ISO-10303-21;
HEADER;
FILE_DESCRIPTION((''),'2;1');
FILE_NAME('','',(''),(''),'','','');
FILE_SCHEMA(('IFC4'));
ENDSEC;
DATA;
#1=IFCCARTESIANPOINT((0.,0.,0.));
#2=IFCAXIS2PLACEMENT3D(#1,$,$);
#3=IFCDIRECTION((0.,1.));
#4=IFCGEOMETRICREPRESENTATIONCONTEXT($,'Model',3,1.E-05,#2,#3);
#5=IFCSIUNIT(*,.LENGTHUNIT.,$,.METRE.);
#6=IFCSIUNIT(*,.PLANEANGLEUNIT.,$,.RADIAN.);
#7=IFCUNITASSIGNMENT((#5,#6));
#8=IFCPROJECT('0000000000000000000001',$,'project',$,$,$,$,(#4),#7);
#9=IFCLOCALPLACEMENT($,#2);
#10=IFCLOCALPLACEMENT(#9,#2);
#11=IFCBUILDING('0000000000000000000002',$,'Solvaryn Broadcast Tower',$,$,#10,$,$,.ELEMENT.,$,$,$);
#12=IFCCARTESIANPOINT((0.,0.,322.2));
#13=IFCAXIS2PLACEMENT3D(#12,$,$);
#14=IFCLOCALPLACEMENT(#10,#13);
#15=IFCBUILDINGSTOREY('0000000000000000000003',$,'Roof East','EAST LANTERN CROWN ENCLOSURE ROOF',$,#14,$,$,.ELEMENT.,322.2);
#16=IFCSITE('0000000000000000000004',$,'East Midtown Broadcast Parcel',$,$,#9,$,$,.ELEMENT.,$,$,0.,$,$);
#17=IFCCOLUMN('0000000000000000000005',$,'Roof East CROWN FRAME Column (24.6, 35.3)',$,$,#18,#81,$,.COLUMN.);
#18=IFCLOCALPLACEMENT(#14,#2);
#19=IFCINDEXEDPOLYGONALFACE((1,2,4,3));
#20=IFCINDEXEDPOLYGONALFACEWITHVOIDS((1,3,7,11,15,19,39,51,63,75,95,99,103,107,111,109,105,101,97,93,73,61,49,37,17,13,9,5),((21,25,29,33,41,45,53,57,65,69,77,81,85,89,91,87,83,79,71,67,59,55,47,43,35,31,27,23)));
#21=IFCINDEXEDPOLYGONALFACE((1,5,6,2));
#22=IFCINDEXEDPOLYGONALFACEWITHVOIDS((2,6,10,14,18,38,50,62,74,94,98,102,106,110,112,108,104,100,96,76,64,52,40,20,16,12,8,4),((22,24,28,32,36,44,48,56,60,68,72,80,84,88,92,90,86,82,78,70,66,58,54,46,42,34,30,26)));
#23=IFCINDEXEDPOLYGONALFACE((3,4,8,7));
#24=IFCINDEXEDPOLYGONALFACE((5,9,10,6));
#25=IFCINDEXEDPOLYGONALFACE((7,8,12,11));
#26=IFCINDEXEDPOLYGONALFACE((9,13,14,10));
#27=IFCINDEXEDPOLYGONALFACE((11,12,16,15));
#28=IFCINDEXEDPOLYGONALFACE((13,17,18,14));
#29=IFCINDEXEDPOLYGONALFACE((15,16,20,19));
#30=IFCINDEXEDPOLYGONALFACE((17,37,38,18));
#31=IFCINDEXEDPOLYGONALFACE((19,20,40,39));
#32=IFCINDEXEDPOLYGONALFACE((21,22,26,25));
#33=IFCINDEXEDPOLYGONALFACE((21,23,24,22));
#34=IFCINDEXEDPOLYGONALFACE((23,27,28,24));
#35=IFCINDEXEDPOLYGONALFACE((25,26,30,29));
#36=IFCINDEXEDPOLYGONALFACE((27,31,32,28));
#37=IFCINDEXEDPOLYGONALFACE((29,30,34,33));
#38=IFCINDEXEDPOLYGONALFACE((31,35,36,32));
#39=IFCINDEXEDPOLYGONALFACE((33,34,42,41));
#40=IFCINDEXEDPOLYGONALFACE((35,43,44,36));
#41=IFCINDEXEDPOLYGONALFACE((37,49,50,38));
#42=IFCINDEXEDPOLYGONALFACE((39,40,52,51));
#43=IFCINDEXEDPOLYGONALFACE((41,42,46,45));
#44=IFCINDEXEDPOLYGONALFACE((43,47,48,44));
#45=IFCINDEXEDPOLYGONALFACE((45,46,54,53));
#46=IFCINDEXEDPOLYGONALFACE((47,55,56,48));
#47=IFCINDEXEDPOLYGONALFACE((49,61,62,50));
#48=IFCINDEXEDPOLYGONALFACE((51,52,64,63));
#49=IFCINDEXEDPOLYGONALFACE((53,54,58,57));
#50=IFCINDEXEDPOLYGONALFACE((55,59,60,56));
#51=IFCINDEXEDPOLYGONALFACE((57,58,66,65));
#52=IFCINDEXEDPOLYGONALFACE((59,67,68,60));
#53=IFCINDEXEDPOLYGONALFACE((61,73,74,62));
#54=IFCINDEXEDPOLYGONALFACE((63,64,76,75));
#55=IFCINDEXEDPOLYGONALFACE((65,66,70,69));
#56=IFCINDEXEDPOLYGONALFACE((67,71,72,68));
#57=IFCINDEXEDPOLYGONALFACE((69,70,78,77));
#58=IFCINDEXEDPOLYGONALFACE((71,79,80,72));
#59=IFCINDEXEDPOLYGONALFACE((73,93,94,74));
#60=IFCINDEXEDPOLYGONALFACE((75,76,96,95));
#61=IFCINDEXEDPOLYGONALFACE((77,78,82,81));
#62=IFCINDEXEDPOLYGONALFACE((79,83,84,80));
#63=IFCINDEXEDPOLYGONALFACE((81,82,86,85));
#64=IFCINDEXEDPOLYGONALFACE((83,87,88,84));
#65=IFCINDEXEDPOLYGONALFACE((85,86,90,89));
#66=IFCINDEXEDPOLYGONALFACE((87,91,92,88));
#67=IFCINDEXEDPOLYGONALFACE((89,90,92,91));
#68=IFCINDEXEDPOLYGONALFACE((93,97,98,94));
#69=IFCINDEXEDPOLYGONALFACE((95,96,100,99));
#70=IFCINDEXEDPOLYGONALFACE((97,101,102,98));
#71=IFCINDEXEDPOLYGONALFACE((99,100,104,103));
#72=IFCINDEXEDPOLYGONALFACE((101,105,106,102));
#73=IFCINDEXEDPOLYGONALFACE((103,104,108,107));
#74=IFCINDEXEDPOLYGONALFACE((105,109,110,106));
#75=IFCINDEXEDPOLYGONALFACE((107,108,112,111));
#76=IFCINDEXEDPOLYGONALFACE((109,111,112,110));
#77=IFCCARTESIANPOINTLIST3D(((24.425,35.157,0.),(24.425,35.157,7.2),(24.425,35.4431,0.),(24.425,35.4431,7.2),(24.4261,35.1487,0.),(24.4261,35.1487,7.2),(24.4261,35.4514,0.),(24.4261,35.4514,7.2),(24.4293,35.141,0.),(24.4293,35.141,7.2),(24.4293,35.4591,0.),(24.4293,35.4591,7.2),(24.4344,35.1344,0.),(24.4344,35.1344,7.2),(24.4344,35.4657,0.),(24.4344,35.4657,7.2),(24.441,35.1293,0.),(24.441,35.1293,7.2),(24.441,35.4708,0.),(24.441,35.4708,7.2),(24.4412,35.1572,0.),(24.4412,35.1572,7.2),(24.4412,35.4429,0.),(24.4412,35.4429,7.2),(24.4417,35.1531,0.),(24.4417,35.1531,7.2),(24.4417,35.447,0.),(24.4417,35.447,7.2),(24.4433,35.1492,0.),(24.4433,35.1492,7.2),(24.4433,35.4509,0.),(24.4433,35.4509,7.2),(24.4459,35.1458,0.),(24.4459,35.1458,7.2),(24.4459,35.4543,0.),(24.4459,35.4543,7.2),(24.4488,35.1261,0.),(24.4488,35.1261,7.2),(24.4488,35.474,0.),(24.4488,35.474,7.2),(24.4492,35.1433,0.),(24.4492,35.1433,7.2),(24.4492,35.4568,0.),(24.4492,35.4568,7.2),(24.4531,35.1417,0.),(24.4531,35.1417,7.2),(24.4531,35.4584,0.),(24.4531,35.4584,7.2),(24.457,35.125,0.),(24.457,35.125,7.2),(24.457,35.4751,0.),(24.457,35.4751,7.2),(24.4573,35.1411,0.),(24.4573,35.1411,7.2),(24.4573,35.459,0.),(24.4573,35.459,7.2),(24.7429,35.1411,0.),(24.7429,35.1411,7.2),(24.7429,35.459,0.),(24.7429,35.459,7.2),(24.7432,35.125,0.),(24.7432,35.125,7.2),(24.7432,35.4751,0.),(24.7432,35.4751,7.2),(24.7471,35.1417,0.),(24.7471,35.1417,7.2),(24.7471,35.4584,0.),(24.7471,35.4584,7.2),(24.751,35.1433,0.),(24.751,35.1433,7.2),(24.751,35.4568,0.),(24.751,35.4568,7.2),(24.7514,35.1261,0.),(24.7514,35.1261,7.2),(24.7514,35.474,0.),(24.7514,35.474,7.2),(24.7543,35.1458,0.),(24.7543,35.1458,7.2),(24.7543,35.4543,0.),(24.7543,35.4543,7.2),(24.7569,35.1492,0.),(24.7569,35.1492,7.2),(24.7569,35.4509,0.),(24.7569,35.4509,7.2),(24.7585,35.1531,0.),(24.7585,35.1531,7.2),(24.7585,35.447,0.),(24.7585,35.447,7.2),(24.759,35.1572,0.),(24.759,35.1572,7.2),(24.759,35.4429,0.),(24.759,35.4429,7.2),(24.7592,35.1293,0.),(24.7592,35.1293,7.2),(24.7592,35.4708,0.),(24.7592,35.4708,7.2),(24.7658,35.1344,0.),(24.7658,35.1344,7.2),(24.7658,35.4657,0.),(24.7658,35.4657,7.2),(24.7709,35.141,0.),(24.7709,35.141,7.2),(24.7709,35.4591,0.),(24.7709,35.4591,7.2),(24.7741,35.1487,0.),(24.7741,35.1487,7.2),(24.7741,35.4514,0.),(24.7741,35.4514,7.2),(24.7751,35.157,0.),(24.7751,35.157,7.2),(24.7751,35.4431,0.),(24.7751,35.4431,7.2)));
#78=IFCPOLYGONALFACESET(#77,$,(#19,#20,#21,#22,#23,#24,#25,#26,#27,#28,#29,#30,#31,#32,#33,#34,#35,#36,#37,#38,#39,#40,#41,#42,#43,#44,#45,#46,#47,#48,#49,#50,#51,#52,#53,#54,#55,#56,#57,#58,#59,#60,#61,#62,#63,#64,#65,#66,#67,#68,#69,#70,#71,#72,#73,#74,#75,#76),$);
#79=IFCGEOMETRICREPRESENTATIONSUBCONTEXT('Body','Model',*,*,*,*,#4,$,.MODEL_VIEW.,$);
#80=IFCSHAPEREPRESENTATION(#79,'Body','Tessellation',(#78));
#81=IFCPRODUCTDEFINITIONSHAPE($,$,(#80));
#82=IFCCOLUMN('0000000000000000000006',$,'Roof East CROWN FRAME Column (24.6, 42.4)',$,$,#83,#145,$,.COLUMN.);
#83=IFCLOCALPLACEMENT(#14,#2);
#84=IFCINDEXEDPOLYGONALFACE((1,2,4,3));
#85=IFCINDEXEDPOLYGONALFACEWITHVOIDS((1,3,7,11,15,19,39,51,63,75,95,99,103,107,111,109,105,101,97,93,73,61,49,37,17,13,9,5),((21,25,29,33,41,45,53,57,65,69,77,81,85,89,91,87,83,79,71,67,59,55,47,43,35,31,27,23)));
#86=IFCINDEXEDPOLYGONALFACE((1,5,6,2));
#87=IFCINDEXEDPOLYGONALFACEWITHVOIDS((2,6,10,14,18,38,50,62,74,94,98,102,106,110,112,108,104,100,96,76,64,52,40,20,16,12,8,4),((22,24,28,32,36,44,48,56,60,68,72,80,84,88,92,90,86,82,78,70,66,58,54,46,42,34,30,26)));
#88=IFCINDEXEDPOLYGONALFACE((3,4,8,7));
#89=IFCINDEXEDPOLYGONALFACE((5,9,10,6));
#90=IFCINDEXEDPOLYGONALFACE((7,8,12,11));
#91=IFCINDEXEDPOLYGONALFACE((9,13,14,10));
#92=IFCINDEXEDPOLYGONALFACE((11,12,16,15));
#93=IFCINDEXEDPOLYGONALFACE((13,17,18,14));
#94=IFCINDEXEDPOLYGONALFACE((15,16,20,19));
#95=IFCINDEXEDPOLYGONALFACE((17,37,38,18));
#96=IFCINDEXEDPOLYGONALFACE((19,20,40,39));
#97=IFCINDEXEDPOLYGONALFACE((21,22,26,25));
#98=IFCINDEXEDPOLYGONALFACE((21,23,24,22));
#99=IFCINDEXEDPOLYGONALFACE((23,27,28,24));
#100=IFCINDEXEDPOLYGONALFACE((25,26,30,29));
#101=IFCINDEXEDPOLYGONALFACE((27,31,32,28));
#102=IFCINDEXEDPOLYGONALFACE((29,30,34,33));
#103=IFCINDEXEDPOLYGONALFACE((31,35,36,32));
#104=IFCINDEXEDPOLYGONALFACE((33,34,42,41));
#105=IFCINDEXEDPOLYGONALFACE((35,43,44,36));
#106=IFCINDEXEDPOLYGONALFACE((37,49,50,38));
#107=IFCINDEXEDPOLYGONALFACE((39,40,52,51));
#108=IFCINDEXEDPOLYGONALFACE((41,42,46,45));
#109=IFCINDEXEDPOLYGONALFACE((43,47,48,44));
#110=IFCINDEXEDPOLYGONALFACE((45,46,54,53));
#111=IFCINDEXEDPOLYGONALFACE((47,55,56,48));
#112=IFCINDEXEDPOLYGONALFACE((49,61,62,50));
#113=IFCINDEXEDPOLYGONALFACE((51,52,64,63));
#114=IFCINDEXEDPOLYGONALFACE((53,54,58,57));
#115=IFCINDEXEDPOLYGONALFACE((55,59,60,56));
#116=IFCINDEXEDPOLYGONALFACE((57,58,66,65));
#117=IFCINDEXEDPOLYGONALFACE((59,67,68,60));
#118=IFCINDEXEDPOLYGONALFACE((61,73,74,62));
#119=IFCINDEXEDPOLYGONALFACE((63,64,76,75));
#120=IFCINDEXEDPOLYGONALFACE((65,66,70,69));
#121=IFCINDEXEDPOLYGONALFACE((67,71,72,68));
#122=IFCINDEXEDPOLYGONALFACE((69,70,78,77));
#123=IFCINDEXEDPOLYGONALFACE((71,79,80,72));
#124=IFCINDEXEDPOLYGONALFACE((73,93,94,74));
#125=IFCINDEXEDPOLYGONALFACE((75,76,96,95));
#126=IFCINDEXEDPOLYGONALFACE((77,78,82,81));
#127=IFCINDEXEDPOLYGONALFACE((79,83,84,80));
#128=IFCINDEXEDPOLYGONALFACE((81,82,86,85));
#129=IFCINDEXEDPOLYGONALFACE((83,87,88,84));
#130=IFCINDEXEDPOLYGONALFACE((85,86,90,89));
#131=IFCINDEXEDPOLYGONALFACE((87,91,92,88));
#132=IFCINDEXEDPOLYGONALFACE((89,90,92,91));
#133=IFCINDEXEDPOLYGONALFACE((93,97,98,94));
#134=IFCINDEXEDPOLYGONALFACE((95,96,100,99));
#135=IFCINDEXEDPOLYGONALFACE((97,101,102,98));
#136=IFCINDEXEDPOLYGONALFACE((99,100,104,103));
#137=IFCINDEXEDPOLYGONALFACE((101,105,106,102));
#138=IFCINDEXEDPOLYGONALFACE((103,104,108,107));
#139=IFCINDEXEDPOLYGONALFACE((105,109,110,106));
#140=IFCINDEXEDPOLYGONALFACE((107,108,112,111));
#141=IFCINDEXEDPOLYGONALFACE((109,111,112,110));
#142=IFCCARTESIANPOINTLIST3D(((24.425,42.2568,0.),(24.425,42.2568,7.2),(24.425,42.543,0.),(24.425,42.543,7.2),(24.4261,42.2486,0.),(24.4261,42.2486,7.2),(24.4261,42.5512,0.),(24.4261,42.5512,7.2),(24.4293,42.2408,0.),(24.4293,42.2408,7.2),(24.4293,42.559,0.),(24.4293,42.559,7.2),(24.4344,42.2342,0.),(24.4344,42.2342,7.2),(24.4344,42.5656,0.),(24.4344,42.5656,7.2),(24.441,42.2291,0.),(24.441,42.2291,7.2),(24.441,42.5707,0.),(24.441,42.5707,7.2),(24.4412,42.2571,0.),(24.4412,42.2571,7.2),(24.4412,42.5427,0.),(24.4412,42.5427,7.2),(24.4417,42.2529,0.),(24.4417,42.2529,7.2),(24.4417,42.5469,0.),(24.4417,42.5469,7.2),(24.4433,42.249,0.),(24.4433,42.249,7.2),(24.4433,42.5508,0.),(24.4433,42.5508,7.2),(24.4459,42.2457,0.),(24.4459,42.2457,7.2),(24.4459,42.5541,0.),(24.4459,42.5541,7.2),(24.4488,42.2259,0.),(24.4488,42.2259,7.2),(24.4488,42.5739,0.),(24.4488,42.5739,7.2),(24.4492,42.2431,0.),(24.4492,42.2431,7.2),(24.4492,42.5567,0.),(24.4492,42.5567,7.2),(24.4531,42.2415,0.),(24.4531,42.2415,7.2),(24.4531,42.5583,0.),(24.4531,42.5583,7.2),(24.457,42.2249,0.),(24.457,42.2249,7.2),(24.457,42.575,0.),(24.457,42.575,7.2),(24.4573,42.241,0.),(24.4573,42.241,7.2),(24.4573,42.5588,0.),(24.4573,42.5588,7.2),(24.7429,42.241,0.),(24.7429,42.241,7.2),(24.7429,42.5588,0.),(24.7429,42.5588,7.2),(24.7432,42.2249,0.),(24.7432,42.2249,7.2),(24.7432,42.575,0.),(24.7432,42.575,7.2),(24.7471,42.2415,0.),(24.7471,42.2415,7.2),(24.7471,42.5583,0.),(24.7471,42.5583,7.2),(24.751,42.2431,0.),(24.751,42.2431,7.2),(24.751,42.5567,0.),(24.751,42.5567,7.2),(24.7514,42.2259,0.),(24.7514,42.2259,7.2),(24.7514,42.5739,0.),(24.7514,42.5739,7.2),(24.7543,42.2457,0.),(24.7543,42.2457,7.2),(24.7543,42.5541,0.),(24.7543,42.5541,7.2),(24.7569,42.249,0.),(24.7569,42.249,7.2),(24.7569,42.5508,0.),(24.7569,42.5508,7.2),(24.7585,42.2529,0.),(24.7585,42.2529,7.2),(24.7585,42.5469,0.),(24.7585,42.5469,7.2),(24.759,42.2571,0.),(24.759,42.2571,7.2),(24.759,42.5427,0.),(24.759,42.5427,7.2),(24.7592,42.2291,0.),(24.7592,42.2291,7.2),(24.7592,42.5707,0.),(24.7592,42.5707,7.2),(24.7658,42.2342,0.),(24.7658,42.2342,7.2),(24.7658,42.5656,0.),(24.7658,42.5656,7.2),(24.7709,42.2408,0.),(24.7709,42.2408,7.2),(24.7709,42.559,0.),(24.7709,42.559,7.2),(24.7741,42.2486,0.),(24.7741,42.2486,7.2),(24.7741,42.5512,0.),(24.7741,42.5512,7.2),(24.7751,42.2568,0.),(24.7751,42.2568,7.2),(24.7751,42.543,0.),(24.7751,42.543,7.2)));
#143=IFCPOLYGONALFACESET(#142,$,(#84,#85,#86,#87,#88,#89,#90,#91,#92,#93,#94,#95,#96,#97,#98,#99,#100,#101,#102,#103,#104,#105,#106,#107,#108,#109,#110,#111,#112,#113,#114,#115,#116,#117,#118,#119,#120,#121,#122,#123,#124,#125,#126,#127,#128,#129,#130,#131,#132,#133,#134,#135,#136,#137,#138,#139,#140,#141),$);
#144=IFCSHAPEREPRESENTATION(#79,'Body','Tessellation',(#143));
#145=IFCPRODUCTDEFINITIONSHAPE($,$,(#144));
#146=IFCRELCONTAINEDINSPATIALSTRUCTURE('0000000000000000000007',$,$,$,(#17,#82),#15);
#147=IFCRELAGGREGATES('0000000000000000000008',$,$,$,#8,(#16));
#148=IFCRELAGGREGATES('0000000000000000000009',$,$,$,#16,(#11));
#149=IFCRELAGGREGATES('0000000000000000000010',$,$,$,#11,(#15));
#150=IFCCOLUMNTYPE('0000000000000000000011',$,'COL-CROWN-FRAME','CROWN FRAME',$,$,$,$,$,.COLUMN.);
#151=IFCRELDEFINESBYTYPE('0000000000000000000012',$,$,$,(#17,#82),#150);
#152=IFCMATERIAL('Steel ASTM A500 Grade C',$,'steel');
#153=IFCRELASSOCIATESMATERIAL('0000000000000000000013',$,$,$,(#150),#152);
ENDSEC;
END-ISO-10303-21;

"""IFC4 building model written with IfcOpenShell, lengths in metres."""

from ifc_helpers import new_model, si_unit, direction, frame, origin, origin_2d, place, context, subcontext, project, spatial, hollow_rectangle, extrude, material, material_profile, profile_set, type_object, element, save


model = new_model("IFC4")

# Units and contexts
model_context = context("Model", 3, precision=1e-05, world=origin(), true_north=direction((0.0, 1.0)))
body_context = subcontext(model_context, "Body", "Model", "MODEL_VIEW")
ifc_project = project(units=[si_unit("LENGTHUNIT", "METRE"), si_unit("PLANEANGLEUNIT", "RADIAN")], contexts=[model_context])

# Site, building, storey
site_placement = place(None, origin())
site = spatial("IfcSite", under=ifc_project, at=site_placement, Name="East Midtown Broadcast Parcel", CompositionType="ELEMENT", RefElevation=0.0)
building_placement = place(site_placement, origin())
building = spatial("IfcBuilding", under=site, at=building_placement, Name="Solvaryn Broadcast Tower", CompositionType="ELEMENT")
storey_placement = place(building_placement, frame((0.0, 0.0, 322.2)))
storey = spatial("IfcBuildingStorey", under=building, at=storey_placement, Name="Roof East", Description="EAST LANTERN CROWN ENCLOSURE ROOF", CompositionType="ELEMENT", Elevation=322.2)

# Columns
ifc_material_1 = material(Name="Steel ASTM A500 Grade C", Category="steel")
ifc_material_profile_1 = material_profile(ifc_material_1, hollow_rectangle(XDim=0.3501, YDim=0.3501, WallThickness=0.0161, InnerFilletRadius=0.0161, OuterFilletRadius=0.032, at=origin_2d()))
ifc_profile_set_1 = profile_set([ifc_material_profile_1], Name="Steel ASTM A500 Grade C")
column_type = type_object("IfcColumnType", Name="COL-CROWN-FRAME", Description="CROWN FRAME", PredefinedType="COLUMN", material=ifc_profile_set_1)
for number, where, z_axis, x_axis, name in (
    (1, (24.6001, 35.3, 0.0), (0.0, 0.0, 1.0), (1.0, 0.0, 0.0), "Roof East CROWN FRAME Column (24.6, 35.3)"),
    (2, (24.6001, 42.3999, 0.0), (0.0, 0.0, 1.0), (1.0, 0.0, 0.0), "Roof East CROWN FRAME Column (24.6, 42.4)"),
):
    element("IfcColumn", number, at=place(storey_placement, frame(where, z_axis=z_axis, x_axis=x_axis)), inside=storey, type_object=column_type, Name=name, PredefinedType="COLUMN", context=body_context, shape_type="SweptSolid", body=[
        extrude(hollow_rectangle(XDim=0.3501, YDim=0.3501, WallThickness=0.0161, InnerFilletRadius=0.0161, OuterFilletRadius=0.032, at=origin_2d()), origin(), (0.0, 0.0, 1.0), 7.2),
    ])

save(model, "model.ifc")
